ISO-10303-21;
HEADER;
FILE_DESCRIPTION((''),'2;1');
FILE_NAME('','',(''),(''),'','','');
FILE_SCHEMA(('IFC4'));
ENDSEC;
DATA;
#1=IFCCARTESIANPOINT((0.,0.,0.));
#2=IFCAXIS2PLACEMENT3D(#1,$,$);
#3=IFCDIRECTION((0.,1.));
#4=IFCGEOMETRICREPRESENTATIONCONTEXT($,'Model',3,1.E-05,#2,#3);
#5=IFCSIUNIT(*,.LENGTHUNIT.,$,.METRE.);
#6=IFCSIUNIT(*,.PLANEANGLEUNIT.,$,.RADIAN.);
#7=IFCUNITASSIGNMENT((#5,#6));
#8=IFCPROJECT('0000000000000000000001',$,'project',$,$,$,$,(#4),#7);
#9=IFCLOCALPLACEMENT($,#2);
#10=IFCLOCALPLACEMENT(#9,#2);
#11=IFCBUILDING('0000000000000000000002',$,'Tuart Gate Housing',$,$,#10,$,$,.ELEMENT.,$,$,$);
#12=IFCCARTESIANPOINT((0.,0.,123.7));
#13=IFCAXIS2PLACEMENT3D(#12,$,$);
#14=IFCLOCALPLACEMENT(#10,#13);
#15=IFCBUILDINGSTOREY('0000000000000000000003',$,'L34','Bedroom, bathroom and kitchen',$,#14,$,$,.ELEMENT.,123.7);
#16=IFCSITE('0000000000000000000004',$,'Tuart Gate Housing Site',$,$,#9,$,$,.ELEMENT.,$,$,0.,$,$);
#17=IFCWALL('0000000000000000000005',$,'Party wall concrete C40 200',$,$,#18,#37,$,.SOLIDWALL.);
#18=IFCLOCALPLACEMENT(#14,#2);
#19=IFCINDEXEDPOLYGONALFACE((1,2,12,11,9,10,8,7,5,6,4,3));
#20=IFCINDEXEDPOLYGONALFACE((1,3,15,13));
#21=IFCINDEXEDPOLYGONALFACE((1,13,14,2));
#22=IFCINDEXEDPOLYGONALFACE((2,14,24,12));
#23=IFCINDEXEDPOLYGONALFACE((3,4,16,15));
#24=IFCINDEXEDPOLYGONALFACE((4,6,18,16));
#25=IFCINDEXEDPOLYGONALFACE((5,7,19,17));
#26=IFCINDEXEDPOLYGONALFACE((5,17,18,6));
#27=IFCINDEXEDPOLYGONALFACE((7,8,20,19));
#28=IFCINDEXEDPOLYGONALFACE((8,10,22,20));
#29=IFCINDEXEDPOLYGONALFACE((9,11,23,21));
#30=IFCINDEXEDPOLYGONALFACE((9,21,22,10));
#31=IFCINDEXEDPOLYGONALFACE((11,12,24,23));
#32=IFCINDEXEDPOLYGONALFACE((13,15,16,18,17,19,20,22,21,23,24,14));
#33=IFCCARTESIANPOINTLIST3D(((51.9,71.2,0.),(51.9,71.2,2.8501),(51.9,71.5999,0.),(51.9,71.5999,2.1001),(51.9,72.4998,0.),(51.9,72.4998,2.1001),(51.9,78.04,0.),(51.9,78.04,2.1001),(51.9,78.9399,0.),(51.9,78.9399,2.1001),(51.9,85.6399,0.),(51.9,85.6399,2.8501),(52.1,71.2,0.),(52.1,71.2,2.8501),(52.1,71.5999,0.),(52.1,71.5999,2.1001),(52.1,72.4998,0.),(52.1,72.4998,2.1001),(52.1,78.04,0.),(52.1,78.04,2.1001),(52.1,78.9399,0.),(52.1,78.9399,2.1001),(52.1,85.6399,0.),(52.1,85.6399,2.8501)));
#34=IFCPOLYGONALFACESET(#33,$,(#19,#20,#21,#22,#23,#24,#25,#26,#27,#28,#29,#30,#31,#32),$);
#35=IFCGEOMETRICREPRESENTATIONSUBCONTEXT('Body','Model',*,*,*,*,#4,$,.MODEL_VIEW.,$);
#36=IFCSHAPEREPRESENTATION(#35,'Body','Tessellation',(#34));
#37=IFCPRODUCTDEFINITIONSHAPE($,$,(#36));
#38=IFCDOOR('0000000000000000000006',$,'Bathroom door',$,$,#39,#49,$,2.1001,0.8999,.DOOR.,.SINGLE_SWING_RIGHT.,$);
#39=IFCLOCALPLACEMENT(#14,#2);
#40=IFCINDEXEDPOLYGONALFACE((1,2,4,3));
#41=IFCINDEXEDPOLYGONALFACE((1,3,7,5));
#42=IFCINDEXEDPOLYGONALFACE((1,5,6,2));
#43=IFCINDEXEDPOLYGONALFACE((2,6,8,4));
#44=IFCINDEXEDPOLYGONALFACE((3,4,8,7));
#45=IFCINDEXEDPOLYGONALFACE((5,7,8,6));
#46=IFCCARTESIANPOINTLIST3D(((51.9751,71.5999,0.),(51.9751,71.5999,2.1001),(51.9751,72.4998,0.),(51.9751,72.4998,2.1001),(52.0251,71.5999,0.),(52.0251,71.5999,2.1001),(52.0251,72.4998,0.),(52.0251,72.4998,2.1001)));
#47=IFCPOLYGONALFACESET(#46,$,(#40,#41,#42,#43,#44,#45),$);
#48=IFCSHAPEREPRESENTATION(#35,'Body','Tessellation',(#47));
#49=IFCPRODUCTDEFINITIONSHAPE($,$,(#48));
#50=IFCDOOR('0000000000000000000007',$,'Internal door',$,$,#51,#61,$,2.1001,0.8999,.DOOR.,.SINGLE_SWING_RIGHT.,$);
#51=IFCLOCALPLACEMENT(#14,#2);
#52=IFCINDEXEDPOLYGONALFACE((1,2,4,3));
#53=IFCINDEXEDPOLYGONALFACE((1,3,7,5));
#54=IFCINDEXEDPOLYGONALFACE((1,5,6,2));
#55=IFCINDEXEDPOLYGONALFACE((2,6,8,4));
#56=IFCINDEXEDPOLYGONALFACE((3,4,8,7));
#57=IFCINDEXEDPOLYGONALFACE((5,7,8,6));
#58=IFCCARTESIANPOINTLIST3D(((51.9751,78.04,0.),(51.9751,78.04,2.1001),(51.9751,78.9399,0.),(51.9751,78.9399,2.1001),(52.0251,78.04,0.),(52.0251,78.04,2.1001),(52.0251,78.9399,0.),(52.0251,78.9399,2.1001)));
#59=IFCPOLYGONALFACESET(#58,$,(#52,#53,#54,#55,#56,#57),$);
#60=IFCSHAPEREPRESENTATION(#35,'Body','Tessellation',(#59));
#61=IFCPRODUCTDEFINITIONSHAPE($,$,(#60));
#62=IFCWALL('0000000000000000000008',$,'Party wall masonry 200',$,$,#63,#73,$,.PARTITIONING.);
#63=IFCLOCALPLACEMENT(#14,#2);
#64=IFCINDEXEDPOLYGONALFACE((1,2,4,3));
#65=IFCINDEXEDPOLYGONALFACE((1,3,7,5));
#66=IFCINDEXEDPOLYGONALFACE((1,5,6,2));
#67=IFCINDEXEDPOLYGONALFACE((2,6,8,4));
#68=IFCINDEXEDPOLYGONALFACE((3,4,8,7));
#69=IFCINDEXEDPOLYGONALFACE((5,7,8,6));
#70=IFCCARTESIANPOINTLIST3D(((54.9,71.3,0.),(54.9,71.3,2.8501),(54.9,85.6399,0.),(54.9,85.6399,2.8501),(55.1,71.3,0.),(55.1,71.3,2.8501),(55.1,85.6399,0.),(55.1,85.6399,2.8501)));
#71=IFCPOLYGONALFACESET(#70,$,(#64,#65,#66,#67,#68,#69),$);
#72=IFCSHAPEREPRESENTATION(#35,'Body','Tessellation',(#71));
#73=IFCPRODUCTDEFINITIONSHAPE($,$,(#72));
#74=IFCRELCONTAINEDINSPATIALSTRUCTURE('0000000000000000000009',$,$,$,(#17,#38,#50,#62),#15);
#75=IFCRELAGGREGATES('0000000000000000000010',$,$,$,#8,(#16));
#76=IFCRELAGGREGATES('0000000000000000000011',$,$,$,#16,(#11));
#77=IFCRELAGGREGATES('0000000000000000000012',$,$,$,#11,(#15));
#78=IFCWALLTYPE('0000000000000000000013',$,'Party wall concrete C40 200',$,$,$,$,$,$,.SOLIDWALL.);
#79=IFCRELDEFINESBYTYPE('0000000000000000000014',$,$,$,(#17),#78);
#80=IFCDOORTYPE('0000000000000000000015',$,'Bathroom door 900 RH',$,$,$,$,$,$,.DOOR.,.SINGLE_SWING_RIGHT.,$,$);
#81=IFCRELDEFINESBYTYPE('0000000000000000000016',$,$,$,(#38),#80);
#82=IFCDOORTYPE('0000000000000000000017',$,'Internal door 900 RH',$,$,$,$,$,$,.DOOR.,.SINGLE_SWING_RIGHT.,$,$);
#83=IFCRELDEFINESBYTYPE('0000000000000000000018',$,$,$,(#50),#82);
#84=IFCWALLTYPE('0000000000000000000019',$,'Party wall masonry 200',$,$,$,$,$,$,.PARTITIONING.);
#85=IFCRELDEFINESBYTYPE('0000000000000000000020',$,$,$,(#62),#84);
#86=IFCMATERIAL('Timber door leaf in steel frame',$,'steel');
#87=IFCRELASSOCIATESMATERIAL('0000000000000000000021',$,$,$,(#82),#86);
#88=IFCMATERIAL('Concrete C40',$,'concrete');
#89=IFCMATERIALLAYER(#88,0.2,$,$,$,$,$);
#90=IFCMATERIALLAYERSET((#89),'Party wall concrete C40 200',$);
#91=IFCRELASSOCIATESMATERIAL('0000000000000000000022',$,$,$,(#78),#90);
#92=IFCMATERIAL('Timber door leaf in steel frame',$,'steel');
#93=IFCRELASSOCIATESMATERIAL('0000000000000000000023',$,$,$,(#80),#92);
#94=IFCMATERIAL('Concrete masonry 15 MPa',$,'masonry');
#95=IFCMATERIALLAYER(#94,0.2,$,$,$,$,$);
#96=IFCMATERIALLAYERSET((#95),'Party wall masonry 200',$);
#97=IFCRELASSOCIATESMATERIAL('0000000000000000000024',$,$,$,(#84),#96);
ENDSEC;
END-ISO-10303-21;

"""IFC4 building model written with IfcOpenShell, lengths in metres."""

from ifc_helpers import new_model, si_unit, direction, frame, frame_2d, origin, place, context, subcontext, project, spatial, rectangle, extrude, material, layer, layer_set, type_object, element, fill, save


model = new_model("IFC4")

# Units and contexts
model_context = context("Model", 3, precision=1e-05, world=origin(), true_north=direction((0.0, 1.0)))
body_context = subcontext(model_context, "Body", "Model", "MODEL_VIEW")
ifc_project = project(units=[si_unit("LENGTHUNIT", "METRE"), si_unit("PLANEANGLEUNIT", "RADIAN")], contexts=[model_context])

# Site, building, storey
site_placement = place(None, origin())
site = spatial("IfcSite", under=ifc_project, at=site_placement, Name="Tuart Gate Housing Site", CompositionType="ELEMENT", RefElevation=0.0)
building_placement = place(site_placement, origin())
building = spatial("IfcBuilding", under=site, at=building_placement, Name="Tuart Gate Housing", CompositionType="ELEMENT")
storey_placement = place(building_placement, frame((0.0, 0.0, 123.7)))
storey = spatial("IfcBuildingStorey", under=building, at=storey_placement, Name="L34", Description="Bedroom, bathroom and kitchen", CompositionType="ELEMENT", Elevation=123.7)

# Shared definitions
ifc_material_1 = material(Name="Timber door leaf in steel frame", Category="steel")
door_type_1 = type_object("IfcDoorType", Name="Internal door 900 RH", OperationType="SINGLE_SWING_RIGHT", PredefinedType="DOOR", material=ifc_material_1)

# Shared definitions
ifc_material_2 = material(Name="Concrete C40", Category="concrete")
ifc_layer_1 = layer(ifc_material_2, 0.2)
ifc_layer_set_1 = layer_set([ifc_layer_1], Name="Party wall concrete C40 200")
wall_type_1 = type_object("IfcWallType", Name="Party wall concrete C40 200", PredefinedType="SOLIDWALL", material=ifc_layer_set_1)

# Wall, openings, doors
wall_1_placement = place(storey_placement, frame((52.0, 71.2, 0.0), z_axis=(0.0, 0.0, 1.0), x_axis=(0.0, 1.0, 0.0)))
wall_1 = element("IfcWall", 1, at=wall_1_placement, inside=storey, type_object=wall_type_1, Name="Party wall concrete C40 200", PredefinedType="SOLIDWALL", context=body_context, shape_type="SweptSolid", body=[
    extrude(rectangle(XDim=14.4399, YDim=0.2, at=frame_2d((7.22, 0.0))), origin(), (0.0, 0.0, 1.0), 2.8501),
])
opening_1_placement = place(wall_1_placement, frame((6.8401, 0.0, 0.0)))
opening_1 = element("IfcOpeningElement", 2, at=opening_1_placement, cuts=wall_1, PredefinedType="OPENING", context=body_context, shape_type="SweptSolid", body=[
    extrude(rectangle(XDim=0.8999, YDim=2.1001, at=frame_2d((0.45, 1.05))), frame((0.0, 0.1099, 0.0), z_axis=(0.0, -1.0, 0.0), x_axis=(1.0, 0.0, 0.0)), (0.0, 0.0, 1.0), 0.22),
])
opening_2_placement = place(wall_1_placement, frame((0.3999, 0.0, 0.0)))
opening_2 = element("IfcOpeningElement", 3, at=opening_2_placement, cuts=wall_1, PredefinedType="OPENING", context=body_context, shape_type="SweptSolid", body=[
    extrude(rectangle(XDim=0.8999, YDim=2.1001, at=frame_2d((0.45, 1.05))), frame((0.0, 0.1099, 0.0), z_axis=(0.0, -1.0, 0.0), x_axis=(1.0, 0.0, 0.0)), (0.0, 0.0, 1.0), 0.22),
])
ifc_material_3 = material(Name="Timber door leaf in steel frame", Category="steel")
door_type_2 = type_object("IfcDoorType", Name="Bathroom door 900 RH", OperationType="SINGLE_SWING_RIGHT", PredefinedType="DOOR", material=ifc_material_3)
door_1_placement = place(opening_2_placement, frame((0.8999, 0.0, 0.0), z_axis=(0.0, 0.0, 1.0), x_axis=(-1.0, 0.0, 0.0)))
door_1 = element("IfcDoor", 4, at=door_1_placement, inside=storey, type_object=door_type_2, Name="Bathroom door", OperationType="SINGLE_SWING_RIGHT", OverallHeight=2.1001, OverallWidth=0.8999, PredefinedType="DOOR", context=body_context, shape_type="SweptSolid", body=[
    extrude(rectangle(XDim=0.8999, YDim=2.1001, at=frame_2d((0.45, 1.05))), frame((0.0, 0.0251, 0.0), z_axis=(0.0, -1.0, 0.0), x_axis=(1.0, 0.0, 0.0)), (0.0, 0.0, 1.0), 0.05),
])
fill(opening_2, door_1)
door_2_placement = place(opening_1_placement, frame((0.8999, 0.0, 0.0), z_axis=(0.0, 0.0, 1.0), x_axis=(-1.0, 0.0, 0.0)))
door_2 = element("IfcDoor", 5, at=door_2_placement, inside=storey, type_object=door_type_1, Name="Internal door", OperationType="SINGLE_SWING_RIGHT", OverallHeight=2.1001, OverallWidth=0.8999, PredefinedType="DOOR", context=body_context, shape_type="SweptSolid", body=[
    extrude(rectangle(XDim=0.8999, YDim=2.1001, at=frame_2d((0.45, 1.05))), frame((0.0, 0.0251, 0.0), z_axis=(0.0, -1.0, 0.0), x_axis=(1.0, 0.0, 0.0)), (0.0, 0.0, 1.0), 0.05),
])
fill(opening_1, door_2)

# Wall
ifc_material_4 = material(Name="Concrete masonry 15 MPa", Category="masonry")
ifc_layer_2 = layer(ifc_material_4, 0.2)
ifc_layer_set_2 = layer_set([ifc_layer_2], Name="Party wall masonry 200")
wall_type_2 = type_object("IfcWallType", Name="Party wall masonry 200", PredefinedType="PARTITIONING", material=ifc_layer_set_2)
wall_2_placement = place(storey_placement, frame((55.0, 71.3, 0.0), z_axis=(0.0, 0.0, 1.0), x_axis=(0.0, 1.0, 0.0)))
element("IfcWall", 6, at=wall_2_placement, inside=storey, type_object=wall_type_2, Name="Party wall masonry 200", PredefinedType="PARTITIONING", context=body_context, shape_type="SweptSolid", body=[
    extrude(rectangle(XDim=14.3398, YDim=0.2, at=frame_2d((7.1699, 0.0))), origin(), (0.0, 0.0, 1.0), 2.8501),
])

save(model, "model.ifc")
